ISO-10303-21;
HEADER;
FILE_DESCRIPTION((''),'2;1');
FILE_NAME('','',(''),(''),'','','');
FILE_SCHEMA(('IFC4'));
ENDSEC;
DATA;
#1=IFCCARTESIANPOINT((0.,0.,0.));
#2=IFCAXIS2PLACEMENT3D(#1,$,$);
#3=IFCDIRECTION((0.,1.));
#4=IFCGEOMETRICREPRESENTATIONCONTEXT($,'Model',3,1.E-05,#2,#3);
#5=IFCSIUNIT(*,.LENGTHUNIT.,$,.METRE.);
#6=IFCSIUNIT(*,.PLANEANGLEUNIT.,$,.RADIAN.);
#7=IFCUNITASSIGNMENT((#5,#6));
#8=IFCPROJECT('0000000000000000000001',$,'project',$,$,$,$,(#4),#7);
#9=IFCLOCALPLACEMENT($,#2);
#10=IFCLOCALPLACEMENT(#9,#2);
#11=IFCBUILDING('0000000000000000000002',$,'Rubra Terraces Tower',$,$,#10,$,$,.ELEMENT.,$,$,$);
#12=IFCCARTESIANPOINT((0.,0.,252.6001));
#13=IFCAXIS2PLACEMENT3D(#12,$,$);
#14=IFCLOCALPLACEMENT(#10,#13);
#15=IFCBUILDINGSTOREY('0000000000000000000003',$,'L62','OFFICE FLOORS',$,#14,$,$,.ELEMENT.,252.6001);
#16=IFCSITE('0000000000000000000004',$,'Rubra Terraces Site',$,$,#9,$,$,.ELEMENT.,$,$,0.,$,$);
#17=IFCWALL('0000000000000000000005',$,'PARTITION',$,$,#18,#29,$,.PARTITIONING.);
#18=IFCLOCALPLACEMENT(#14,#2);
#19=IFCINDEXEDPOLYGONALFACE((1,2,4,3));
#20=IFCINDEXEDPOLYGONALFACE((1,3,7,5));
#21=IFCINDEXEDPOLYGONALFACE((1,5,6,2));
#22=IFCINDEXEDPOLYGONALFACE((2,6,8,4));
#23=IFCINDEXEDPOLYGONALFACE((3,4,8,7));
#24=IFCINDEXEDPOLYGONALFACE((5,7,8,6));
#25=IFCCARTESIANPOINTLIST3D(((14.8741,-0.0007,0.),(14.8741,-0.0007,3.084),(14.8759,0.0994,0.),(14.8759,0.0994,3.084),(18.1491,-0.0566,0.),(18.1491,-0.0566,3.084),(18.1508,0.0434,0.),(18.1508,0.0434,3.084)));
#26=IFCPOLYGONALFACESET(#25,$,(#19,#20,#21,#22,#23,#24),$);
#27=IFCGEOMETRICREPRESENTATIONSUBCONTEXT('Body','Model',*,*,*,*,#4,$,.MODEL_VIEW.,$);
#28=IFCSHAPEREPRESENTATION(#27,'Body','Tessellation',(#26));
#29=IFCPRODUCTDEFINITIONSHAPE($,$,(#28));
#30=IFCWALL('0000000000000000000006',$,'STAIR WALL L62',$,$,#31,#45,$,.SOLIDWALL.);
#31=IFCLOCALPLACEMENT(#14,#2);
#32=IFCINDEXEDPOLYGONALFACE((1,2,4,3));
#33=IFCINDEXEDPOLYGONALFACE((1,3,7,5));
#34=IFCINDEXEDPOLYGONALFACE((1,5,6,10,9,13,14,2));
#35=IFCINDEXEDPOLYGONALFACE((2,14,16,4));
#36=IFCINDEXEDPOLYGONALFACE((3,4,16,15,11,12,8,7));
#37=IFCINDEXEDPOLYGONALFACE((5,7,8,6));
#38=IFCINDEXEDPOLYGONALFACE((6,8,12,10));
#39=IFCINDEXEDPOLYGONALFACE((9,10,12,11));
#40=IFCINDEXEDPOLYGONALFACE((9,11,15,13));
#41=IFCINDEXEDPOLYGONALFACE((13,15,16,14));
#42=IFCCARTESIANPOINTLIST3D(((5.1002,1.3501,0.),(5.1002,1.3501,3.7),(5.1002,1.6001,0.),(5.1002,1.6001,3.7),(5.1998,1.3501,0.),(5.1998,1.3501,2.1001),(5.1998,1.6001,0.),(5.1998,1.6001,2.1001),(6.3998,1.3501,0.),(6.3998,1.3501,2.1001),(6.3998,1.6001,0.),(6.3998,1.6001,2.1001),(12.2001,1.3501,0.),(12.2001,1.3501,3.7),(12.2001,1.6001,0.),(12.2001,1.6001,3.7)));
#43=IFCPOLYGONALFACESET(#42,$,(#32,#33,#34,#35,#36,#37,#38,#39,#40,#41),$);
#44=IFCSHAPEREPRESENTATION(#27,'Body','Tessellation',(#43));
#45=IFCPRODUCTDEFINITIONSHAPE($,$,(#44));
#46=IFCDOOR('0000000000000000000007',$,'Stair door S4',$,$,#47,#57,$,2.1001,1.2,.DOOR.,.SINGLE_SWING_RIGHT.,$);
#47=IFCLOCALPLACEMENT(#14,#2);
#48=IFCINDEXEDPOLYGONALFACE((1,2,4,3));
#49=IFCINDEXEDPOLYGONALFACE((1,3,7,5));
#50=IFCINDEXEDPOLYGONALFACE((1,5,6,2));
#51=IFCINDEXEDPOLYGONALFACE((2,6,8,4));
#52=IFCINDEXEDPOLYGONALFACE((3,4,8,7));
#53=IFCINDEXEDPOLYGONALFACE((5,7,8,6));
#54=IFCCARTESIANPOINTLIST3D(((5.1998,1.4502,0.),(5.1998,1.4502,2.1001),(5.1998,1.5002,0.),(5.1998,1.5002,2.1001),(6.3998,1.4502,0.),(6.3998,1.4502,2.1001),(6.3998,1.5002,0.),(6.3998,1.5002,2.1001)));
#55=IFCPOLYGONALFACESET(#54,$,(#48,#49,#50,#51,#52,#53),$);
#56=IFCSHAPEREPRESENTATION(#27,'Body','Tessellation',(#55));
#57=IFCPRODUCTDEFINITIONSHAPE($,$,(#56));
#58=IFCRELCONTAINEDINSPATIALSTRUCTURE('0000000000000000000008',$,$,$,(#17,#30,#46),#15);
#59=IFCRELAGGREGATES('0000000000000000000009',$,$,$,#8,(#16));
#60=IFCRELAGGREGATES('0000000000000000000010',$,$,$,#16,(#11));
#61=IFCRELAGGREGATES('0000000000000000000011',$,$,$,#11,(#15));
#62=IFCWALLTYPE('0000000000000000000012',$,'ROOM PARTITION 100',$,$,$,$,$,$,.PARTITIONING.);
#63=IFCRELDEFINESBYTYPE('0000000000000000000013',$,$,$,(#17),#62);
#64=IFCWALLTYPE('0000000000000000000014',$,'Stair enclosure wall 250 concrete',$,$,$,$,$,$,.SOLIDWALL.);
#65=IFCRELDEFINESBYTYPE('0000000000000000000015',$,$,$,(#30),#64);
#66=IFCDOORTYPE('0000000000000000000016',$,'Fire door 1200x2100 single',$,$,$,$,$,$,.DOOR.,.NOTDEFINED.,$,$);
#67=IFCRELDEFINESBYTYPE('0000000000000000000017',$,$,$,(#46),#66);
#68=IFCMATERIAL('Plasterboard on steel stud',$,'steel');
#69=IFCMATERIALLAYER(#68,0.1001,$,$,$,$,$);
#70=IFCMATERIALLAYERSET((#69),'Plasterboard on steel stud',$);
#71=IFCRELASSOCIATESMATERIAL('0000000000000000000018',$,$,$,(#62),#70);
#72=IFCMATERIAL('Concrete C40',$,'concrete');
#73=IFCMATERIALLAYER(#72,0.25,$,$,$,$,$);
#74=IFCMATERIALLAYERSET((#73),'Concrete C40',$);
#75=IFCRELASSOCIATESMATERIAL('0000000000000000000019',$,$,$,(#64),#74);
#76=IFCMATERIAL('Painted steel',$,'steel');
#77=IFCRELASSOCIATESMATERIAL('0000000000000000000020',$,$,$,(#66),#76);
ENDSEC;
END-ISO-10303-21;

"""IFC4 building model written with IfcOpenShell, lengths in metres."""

from ifc_helpers import new_model, si_unit, direction, frame, frame_2d, origin, place, context, subcontext, project, spatial, rectangle, extrude, material, layer, layer_set, type_object, element, fill, save


model = new_model("IFC4")

# Units and contexts
model_context = context("Model", 3, precision=1e-05, world=origin(), true_north=direction((0.0, 1.0)))
body_context = subcontext(model_context, "Body", "Model", "MODEL_VIEW")
ifc_project = project(units=[si_unit("LENGTHUNIT", "METRE"), si_unit("PLANEANGLEUNIT", "RADIAN")], contexts=[model_context])

# Site, building, storey
site_placement = place(None, origin())
site = spatial("IfcSite", under=ifc_project, at=site_placement, Name="Rubra Terraces Site", CompositionType="ELEMENT", RefElevation=0.0)
building_placement = place(site_placement, origin())
building = spatial("IfcBuilding", under=site, at=building_placement, Name="Rubra Terraces Tower", CompositionType="ELEMENT")
storey_placement = place(building_placement, frame((0.0, 0.0, 252.6001)))
storey = spatial("IfcBuildingStorey", under=building, at=storey_placement, Name="L62", Description="OFFICE FLOORS", CompositionType="ELEMENT", Elevation=252.6001)

# Shared definitions
ifc_material_1 = material(Name="Painted steel", Category="steel")

# Shared definitions
ifc_material_2 = material(Name="Concrete C40", Category="concrete")

# Shared definitions
ifc_material_3 = material(Name="Plasterboard on steel stud", Category="steel")
ifc_layer_1 = layer(ifc_material_3, 0.1001)
ifc_layer_set_1 = layer_set([ifc_layer_1], Name="Plasterboard on steel stud")
wall_type_1 = type_object("IfcWallType", Name="ROOM PARTITION 100", PredefinedType="PARTITIONING", material=ifc_layer_set_1)

# Wall
wall_1_placement = place(storey_placement, frame((14.875, 0.0493, 0.0), z_axis=(0.0, 0.0, 1.0), x_axis=(0.999854, -0.017069, 0.0)))
element("IfcWall", 1, at=wall_1_placement, inside=storey, type_object=wall_type_1, Name="PARTITION", PredefinedType="PARTITIONING", context=body_context, shape_type="SweptSolid", body=[
    extrude(rectangle(XDim=3.2754, YDim=0.1001, at=frame_2d((1.6377, 0.0))), origin(), (0.0, 0.0, 1.0), 3.084),
])

# Wall, opening, door
ifc_layer_2 = layer(ifc_material_2, 0.25)
ifc_layer_set_2 = layer_set([ifc_layer_2], Name="Concrete C40")
wall_type_2 = type_object("IfcWallType", Name="Stair enclosure wall 250 concrete", PredefinedType="SOLIDWALL", material=ifc_layer_set_2)
wall_2_placement = place(storey_placement, frame((12.2, 1.4751, 0.0), z_axis=(0.0, 0.0, 1.0), x_axis=(-1.0, 0.0, 0.0)))
wall_2 = element("IfcWall", 2, at=wall_2_placement, inside=storey, type_object=wall_type_2, Name="STAIR WALL L62", PredefinedType="SOLIDWALL", context=body_context, shape_type="SweptSolid", body=[
    extrude(rectangle(XDim=7.0999, YDim=0.25, at=frame_2d((3.5498, 0.0))), origin(), (0.0, 0.0, 1.0), 3.7),
])
opening_1_placement = place(wall_2_placement, frame((5.8, 0.0, 0.0)))
opening_1 = element("IfcOpeningElement", 3, at=opening_1_placement, cuts=wall_2, PredefinedType="OPENING", context=body_context, shape_type="SweptSolid", body=[
    extrude(rectangle(XDim=1.2, YDim=2.1001, at=frame_2d((0.6001, 1.05))), frame((0.0, 0.135, 0.0), z_axis=(0.0, -1.0, 0.0), x_axis=(1.0, 0.0, 0.0)), (0.0, 0.0, 1.0), 0.27),
])
door_type_1 = type_object("IfcDoorType", Name="Fire door 1200x2100 single", OperationType="NOTDEFINED", PredefinedType="DOOR", material=ifc_material_1)
door_1_placement = place(opening_1_placement, origin())
door_1 = element("IfcDoor", 4, at=door_1_placement, inside=storey, type_object=door_type_1, Name="Stair door S4", OperationType="SINGLE_SWING_RIGHT", OverallHeight=2.1001, OverallWidth=1.2, PredefinedType="DOOR", context=body_context, shape_type="SweptSolid", body=[
    extrude(rectangle(XDim=1.2, YDim=2.1001, at=frame_2d((0.6001, 1.05))), frame((0.0, 0.0249, 0.0), z_axis=(0.0, -1.0, 0.0), x_axis=(1.0, 0.0, 0.0)), (0.0, 0.0, 1.0), 0.05),
])
fill(opening_1, door_1)

save(model, "model.ifc")
